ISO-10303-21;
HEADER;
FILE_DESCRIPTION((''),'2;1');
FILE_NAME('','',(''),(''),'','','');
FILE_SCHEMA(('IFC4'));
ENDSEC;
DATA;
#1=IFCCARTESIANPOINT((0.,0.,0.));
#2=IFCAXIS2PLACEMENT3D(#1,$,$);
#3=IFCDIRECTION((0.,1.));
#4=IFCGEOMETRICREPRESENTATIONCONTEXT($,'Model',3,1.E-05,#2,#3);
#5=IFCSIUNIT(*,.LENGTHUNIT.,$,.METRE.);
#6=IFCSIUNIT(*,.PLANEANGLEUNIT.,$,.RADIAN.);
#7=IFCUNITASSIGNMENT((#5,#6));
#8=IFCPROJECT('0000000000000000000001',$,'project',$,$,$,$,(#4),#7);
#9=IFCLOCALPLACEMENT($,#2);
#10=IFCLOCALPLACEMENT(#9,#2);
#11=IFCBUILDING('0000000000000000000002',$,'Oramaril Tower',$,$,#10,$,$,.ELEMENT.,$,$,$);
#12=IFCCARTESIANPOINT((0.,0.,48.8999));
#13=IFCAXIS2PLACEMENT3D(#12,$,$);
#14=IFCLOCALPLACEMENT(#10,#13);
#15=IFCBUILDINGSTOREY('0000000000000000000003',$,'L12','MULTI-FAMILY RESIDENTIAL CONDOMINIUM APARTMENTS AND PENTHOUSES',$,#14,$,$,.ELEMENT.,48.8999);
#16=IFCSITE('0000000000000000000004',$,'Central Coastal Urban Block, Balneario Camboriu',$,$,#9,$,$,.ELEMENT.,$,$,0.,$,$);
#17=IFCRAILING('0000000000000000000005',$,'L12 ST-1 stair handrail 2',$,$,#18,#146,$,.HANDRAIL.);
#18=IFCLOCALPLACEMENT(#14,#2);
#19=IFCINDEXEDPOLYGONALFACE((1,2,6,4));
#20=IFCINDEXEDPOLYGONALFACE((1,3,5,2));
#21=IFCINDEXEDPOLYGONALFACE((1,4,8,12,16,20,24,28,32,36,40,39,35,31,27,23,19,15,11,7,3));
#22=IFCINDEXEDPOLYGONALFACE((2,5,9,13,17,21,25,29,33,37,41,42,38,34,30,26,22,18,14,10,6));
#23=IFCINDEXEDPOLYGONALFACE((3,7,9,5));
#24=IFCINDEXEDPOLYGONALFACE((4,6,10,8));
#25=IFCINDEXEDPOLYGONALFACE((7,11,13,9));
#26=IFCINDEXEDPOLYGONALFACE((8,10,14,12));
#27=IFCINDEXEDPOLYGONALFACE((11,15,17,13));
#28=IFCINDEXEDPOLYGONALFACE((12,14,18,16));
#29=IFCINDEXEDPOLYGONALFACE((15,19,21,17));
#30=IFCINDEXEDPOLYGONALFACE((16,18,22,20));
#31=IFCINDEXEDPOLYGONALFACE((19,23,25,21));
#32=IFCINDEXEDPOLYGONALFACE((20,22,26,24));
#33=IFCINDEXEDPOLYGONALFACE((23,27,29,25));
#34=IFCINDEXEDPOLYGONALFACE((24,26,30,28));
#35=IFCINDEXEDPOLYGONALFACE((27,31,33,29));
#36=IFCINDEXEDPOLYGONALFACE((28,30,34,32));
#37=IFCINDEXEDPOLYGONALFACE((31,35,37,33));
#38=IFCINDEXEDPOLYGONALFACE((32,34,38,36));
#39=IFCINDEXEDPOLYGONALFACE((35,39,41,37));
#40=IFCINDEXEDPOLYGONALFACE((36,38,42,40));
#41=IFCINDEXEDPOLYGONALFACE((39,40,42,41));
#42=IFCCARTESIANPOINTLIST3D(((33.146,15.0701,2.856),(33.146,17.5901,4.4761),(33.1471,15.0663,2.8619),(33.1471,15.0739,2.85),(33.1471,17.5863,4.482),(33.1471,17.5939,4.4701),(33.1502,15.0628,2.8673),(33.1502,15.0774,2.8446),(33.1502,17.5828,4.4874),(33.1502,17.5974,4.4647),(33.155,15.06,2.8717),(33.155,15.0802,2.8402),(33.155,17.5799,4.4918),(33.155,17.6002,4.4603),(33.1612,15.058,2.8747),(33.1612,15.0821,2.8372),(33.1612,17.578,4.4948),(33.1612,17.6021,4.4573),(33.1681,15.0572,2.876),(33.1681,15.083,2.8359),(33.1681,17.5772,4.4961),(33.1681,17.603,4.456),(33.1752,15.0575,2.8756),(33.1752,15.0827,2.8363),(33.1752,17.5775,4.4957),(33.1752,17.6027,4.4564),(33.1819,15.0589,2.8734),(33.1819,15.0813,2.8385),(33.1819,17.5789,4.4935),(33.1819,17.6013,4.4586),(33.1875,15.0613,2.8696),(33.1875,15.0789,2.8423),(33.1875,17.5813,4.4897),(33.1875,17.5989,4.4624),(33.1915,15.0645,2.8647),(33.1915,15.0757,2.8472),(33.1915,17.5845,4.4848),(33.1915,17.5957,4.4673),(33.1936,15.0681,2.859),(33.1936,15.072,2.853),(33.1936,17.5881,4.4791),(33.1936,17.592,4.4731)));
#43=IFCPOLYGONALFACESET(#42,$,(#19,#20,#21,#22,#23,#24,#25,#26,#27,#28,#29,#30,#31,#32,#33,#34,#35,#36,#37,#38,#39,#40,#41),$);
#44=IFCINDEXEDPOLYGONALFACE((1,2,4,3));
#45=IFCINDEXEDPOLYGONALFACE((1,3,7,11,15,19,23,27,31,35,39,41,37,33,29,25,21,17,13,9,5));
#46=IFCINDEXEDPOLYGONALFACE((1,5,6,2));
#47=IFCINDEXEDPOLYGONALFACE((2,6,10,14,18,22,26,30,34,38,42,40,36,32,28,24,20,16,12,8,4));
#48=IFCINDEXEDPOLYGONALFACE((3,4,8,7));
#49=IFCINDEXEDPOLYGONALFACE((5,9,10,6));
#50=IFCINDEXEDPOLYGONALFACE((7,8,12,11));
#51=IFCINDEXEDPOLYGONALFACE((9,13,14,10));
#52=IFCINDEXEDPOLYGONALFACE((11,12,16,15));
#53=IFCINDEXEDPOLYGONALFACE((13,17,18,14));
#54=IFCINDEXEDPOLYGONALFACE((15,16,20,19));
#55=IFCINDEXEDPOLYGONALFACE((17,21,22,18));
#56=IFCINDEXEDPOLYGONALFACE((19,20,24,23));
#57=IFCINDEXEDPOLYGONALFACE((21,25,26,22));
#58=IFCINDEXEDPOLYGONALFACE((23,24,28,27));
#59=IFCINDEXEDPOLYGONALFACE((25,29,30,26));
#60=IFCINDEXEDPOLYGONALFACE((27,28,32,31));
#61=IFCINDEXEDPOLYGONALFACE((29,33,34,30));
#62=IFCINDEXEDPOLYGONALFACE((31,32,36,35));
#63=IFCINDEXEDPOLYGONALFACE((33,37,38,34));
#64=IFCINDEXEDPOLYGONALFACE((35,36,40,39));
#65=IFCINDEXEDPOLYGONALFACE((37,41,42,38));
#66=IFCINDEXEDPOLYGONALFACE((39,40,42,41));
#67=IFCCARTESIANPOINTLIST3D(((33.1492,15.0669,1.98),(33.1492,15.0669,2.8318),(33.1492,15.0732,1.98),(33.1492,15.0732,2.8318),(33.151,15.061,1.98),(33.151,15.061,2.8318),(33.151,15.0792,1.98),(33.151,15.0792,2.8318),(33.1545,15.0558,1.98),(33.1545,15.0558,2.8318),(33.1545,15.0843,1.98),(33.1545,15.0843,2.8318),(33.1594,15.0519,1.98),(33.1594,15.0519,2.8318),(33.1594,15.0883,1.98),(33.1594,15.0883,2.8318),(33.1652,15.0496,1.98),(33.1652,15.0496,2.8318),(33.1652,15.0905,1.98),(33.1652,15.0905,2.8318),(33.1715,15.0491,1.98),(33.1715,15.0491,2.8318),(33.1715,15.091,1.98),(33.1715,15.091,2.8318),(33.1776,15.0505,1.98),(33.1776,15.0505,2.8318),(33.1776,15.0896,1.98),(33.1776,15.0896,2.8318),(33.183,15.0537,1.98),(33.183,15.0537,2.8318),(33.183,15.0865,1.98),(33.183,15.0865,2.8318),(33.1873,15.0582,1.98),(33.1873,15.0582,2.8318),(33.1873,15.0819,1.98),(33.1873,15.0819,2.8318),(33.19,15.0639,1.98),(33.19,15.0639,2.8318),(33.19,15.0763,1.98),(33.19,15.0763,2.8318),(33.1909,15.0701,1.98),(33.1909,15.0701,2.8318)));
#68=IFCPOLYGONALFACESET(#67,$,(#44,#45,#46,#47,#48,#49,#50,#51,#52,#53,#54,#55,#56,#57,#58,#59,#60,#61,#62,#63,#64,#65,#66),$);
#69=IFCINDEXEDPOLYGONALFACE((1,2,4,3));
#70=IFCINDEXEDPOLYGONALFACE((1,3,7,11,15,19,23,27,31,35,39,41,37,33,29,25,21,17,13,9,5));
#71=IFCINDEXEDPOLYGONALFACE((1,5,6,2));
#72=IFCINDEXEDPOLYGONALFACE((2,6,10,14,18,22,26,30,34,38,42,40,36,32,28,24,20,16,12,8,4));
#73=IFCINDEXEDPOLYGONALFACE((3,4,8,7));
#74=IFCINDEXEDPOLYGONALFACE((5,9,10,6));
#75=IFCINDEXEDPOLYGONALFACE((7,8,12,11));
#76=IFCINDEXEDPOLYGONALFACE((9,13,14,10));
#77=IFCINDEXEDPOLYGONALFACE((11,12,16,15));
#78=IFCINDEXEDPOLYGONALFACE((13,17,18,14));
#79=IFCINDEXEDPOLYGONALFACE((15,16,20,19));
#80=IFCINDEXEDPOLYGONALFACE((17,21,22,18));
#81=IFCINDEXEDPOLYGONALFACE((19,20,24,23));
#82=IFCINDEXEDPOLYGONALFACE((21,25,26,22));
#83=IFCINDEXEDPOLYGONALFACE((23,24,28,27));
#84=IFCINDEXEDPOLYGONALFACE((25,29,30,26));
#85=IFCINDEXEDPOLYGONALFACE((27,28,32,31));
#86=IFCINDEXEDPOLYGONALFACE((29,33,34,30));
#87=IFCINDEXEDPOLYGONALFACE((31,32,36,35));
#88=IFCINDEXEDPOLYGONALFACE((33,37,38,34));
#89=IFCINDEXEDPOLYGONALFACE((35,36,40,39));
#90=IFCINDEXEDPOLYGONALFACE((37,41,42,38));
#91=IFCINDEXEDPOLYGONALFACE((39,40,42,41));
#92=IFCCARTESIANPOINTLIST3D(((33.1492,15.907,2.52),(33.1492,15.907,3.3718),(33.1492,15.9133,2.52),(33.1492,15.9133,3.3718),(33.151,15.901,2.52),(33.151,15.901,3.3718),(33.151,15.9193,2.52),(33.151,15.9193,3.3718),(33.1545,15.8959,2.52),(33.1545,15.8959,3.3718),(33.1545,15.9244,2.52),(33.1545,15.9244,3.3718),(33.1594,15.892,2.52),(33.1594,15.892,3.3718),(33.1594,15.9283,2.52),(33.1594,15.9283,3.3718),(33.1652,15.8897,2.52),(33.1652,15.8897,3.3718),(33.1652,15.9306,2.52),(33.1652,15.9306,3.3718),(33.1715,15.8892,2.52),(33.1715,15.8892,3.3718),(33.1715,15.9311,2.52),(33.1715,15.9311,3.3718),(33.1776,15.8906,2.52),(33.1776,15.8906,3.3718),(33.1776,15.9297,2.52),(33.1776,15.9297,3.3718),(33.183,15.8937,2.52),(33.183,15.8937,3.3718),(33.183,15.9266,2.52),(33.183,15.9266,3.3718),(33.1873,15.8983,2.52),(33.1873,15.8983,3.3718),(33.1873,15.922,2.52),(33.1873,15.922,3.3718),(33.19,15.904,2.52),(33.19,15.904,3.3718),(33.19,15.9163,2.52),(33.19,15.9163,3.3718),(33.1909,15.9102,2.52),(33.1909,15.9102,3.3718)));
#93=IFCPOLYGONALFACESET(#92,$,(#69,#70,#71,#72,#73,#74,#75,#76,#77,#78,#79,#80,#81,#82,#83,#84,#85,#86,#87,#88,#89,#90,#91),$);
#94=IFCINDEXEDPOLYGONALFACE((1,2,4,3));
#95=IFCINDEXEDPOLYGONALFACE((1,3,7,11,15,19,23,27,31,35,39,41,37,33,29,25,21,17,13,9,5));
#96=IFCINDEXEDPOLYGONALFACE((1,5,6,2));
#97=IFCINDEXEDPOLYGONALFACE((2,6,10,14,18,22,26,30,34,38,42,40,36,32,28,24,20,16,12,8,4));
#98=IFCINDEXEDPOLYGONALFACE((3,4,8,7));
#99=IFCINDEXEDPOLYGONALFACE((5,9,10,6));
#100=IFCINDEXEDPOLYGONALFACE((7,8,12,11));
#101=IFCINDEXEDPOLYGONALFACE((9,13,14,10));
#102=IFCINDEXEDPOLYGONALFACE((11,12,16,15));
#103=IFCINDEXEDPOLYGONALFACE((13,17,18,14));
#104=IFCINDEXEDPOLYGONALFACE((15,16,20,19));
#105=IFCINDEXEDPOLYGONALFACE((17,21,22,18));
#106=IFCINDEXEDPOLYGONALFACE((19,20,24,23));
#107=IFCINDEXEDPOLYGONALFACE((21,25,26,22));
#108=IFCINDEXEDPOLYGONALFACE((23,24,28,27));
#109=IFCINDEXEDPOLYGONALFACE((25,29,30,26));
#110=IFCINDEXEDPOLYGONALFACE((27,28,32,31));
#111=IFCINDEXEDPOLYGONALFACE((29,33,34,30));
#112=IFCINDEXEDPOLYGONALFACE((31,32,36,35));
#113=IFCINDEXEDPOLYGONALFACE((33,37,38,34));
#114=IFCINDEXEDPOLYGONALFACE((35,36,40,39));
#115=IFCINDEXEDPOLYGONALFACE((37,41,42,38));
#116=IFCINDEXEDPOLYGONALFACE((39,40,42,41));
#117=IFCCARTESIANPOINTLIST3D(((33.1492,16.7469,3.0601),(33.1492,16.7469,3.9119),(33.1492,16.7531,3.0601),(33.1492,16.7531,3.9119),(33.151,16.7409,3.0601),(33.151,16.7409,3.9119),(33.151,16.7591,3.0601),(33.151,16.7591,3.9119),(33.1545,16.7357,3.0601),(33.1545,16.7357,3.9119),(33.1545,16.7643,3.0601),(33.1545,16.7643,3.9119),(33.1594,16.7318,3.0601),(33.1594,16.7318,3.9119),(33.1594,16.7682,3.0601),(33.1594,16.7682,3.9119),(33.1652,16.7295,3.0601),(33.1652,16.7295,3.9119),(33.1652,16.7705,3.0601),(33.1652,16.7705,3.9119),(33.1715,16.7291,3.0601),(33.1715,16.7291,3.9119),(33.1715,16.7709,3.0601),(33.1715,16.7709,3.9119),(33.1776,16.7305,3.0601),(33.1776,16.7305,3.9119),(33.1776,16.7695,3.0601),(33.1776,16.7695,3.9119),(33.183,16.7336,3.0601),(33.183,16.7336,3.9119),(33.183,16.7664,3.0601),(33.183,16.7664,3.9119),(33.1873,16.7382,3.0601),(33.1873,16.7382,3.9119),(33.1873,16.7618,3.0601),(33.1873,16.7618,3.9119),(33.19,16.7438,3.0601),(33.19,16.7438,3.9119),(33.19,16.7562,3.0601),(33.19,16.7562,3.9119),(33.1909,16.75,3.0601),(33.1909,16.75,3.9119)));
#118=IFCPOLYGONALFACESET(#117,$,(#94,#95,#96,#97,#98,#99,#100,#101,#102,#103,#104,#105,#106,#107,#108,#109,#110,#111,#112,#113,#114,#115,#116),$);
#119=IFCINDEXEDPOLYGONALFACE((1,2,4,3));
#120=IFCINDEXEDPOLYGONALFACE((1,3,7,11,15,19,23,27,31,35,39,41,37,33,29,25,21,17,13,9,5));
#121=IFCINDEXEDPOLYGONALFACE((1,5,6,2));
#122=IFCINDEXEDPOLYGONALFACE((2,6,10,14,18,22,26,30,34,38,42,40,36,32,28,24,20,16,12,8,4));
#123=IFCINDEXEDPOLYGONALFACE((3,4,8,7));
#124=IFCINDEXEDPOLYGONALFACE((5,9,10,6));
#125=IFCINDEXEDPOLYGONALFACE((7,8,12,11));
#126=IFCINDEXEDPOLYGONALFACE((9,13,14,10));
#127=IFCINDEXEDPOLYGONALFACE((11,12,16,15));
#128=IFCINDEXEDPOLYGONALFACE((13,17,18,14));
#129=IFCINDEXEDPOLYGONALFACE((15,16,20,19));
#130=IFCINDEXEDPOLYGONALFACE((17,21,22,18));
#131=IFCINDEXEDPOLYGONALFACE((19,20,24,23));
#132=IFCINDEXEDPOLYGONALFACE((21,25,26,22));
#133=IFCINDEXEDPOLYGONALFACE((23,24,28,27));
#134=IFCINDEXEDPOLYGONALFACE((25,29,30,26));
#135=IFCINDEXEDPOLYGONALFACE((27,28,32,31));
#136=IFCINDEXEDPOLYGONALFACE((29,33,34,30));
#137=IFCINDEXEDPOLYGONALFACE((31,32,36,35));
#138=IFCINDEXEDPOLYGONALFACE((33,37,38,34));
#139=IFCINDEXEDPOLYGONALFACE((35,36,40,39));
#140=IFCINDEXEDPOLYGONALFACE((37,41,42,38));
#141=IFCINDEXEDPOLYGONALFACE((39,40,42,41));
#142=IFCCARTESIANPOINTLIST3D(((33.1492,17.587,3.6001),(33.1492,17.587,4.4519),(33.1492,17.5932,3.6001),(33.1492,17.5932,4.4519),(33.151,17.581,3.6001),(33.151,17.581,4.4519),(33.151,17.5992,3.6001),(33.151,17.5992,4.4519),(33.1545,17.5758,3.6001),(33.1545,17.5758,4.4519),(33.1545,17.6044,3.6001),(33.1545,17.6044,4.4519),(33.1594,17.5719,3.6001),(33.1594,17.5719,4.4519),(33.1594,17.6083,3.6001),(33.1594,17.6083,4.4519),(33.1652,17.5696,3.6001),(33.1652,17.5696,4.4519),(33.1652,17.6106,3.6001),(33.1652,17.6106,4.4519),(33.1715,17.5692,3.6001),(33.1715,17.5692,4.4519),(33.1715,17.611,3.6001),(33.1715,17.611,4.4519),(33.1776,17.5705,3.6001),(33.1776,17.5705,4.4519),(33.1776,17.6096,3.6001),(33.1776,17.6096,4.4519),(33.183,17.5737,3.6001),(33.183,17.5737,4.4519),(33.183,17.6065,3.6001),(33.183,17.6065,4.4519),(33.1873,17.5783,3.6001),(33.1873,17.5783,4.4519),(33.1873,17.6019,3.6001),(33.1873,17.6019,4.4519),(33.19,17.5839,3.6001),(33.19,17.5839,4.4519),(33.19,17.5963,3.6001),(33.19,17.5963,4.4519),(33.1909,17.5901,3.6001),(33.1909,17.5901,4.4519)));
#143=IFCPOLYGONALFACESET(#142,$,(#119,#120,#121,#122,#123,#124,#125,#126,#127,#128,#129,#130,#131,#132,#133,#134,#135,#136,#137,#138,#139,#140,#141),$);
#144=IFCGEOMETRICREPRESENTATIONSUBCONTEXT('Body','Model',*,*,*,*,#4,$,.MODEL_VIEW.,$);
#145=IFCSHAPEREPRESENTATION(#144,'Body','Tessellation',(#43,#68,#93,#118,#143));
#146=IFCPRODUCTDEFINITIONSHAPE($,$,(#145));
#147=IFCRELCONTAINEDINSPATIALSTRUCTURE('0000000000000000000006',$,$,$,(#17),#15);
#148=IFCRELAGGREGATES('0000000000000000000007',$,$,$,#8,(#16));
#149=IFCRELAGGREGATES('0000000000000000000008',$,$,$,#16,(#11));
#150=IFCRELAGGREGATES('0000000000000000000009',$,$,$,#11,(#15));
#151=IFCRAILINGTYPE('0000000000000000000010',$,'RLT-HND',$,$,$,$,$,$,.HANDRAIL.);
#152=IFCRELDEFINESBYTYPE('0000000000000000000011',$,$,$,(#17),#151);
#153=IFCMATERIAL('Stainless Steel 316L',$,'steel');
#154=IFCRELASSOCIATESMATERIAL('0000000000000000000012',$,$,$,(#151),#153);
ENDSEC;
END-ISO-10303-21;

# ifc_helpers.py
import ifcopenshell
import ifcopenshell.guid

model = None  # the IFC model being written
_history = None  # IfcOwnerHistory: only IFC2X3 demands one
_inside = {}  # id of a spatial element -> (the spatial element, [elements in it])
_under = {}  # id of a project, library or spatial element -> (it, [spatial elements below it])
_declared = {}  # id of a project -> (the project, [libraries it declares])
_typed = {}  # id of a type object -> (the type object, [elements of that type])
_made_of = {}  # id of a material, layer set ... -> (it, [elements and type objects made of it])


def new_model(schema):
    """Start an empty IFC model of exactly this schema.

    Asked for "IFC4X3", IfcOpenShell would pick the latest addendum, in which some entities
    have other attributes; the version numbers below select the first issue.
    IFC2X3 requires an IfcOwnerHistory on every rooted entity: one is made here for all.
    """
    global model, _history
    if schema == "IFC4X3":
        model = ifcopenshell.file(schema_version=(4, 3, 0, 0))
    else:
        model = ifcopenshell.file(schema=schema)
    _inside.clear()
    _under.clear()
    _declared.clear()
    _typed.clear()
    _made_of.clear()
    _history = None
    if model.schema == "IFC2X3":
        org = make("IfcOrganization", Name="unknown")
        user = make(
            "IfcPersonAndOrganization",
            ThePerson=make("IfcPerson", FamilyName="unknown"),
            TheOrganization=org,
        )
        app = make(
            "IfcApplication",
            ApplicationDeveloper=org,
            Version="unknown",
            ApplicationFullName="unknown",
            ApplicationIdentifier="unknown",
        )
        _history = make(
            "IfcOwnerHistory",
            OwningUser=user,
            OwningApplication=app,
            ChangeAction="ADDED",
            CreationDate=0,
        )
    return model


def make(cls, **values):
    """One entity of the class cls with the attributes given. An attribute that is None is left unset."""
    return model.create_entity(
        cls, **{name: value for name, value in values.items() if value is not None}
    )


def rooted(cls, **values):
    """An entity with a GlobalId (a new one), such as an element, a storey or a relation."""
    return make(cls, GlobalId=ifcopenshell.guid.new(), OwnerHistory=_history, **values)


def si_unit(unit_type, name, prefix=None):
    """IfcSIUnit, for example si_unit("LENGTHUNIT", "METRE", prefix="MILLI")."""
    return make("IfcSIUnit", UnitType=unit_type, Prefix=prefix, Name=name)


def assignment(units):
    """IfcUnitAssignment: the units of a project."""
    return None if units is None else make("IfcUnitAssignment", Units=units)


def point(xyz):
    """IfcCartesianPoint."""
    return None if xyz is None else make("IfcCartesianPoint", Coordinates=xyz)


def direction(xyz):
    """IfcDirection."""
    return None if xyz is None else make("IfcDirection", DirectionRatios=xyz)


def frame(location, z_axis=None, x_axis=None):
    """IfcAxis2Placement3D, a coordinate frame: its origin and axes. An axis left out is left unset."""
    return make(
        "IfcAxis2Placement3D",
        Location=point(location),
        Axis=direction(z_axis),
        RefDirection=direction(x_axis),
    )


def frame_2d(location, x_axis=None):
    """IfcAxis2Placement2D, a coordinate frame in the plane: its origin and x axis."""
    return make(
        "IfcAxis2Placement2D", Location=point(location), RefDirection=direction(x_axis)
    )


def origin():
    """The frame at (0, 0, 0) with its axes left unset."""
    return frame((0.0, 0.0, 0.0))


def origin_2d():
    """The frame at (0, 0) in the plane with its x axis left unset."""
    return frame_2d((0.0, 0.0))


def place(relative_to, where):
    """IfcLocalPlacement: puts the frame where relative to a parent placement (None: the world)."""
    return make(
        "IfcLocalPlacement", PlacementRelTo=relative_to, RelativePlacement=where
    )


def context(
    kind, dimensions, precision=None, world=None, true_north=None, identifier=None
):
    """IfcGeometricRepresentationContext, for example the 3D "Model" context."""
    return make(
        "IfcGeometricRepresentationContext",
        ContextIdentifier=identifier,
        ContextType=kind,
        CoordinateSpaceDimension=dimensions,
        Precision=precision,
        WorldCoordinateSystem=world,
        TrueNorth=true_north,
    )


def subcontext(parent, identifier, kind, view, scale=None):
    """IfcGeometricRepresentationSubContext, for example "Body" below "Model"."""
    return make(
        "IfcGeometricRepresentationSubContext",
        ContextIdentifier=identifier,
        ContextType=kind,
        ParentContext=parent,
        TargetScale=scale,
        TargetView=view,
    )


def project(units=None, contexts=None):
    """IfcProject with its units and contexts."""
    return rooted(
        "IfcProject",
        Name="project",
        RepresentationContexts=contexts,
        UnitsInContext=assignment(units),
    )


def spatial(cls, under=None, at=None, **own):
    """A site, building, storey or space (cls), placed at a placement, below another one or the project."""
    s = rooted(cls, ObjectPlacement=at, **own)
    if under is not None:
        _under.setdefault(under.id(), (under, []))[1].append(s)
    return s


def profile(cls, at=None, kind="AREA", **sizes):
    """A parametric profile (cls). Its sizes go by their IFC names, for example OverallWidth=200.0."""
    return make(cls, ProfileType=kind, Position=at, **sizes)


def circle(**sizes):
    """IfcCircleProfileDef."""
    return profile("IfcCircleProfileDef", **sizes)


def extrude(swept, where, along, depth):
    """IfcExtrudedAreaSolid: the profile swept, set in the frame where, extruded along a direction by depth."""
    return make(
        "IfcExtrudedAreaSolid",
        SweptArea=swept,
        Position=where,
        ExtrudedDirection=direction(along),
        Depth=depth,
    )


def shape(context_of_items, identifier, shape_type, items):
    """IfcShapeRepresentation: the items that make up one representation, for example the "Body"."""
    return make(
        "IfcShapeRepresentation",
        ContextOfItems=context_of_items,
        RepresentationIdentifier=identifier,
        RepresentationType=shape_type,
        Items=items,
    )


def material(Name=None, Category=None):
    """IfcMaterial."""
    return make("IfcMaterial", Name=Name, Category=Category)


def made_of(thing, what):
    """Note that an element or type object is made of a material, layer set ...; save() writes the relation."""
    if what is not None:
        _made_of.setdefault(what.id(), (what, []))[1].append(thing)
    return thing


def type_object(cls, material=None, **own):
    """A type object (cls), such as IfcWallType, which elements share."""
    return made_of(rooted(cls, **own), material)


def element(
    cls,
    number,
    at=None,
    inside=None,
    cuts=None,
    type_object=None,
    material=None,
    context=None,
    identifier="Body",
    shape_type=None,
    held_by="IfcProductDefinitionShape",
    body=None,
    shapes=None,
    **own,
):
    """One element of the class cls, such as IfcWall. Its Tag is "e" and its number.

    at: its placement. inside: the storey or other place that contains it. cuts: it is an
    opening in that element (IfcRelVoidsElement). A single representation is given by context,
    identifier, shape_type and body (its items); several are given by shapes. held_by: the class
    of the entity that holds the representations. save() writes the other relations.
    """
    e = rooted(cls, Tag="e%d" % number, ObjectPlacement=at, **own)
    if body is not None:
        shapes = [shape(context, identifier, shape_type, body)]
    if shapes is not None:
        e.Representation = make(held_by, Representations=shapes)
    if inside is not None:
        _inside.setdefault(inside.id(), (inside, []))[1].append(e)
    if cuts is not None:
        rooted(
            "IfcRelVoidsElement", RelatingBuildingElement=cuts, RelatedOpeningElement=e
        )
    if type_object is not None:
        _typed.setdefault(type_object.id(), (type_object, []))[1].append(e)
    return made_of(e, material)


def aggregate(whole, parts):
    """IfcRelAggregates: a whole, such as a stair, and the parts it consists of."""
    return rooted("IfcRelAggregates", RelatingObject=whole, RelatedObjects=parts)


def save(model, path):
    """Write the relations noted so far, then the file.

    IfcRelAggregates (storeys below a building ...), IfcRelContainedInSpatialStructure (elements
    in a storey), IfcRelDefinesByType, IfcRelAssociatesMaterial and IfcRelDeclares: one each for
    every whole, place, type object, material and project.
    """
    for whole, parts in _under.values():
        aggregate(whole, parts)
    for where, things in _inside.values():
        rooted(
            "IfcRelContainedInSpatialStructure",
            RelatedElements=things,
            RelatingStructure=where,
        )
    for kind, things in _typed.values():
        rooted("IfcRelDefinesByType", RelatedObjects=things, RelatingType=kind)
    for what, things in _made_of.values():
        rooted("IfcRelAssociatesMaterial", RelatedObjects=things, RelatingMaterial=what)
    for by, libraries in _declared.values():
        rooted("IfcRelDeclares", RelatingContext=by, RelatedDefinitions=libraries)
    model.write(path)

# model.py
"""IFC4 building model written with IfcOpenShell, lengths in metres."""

from ifc_helpers import new_model, si_unit, direction, frame, origin, origin_2d, place, context, subcontext, project, spatial, circle, extrude, material, type_object, element, save


model = new_model("IFC4")

# Units and contexts
model_context = context("Model", 3, precision=1e-05, world=origin(), true_north=direction((0.0, 1.0)))
body_context = subcontext(model_context, "Body", "Model", "MODEL_VIEW")
ifc_project = project(units=[si_unit("LENGTHUNIT", "METRE"), si_unit("PLANEANGLEUNIT", "RADIAN")], contexts=[model_context])

# Site, building, storey
site_placement = place(None, origin())
site = spatial("IfcSite", under=ifc_project, at=site_placement, Name="Central Coastal Urban Block, Balneario Camboriu", CompositionType="ELEMENT", RefElevation=0.0)
building_placement = place(site_placement, origin())
building = spatial("IfcBuilding", under=site, at=building_placement, Name="Oramaril Tower", CompositionType="ELEMENT")
storey_placement = place(building_placement, frame((0.0, 0.0, 48.8999)))
storey = spatial("IfcBuildingStorey", under=building, at=storey_placement, Name="L12", Description="MULTI-FAMILY RESIDENTIAL CONDOMINIUM APARTMENTS AND PENTHOUSES", CompositionType="ELEMENT", Elevation=48.8999)

# Railing
ifc_material_1 = material(Name="Stainless Steel 316L", Category="steel")
railing_type_1 = type_object("IfcRailingType", Name="RLT-HND", PredefinedType="HANDRAIL", material=ifc_material_1)
railing_1_placement = place(storey_placement, frame((33.1699, 15.0701, 1.98)))
element("IfcRailing", 1, at=railing_1_placement, inside=storey, type_object=railing_type_1, Name="L12 ST-1 stair handrail 2", PredefinedType="HANDRAIL", context=body_context, shape_type="SweptSolid", body=[
    extrude(circle(Radius=0.0239, at=origin_2d()), frame((0.0, 0.0, 0.876), z_axis=(0.0, 0.841163, 0.540782), x_axis=(-1.0, 0.0, 0.0)), (0.0, 0.0, 1.0), 2.9958),
    extrude(circle(Radius=0.021, at=origin_2d()), origin(), (0.0, 0.0, 1.0), 0.8518),
    extrude(circle(Radius=0.021, at=origin_2d()), frame((0.0, 0.8401, 0.54)), (0.0, 0.0, 1.0), 0.8518),
    extrude(circle(Radius=0.021, at=origin_2d()), frame((0.0, 1.6799, 1.0801)), (0.0, 0.0, 1.0), 0.8518),
    extrude(circle(Radius=0.021, at=origin_2d()), frame((0.0, 2.52, 1.6201)), (0.0, 0.0, 1.0), 0.8518),
])

save(model, "model.ifc")
